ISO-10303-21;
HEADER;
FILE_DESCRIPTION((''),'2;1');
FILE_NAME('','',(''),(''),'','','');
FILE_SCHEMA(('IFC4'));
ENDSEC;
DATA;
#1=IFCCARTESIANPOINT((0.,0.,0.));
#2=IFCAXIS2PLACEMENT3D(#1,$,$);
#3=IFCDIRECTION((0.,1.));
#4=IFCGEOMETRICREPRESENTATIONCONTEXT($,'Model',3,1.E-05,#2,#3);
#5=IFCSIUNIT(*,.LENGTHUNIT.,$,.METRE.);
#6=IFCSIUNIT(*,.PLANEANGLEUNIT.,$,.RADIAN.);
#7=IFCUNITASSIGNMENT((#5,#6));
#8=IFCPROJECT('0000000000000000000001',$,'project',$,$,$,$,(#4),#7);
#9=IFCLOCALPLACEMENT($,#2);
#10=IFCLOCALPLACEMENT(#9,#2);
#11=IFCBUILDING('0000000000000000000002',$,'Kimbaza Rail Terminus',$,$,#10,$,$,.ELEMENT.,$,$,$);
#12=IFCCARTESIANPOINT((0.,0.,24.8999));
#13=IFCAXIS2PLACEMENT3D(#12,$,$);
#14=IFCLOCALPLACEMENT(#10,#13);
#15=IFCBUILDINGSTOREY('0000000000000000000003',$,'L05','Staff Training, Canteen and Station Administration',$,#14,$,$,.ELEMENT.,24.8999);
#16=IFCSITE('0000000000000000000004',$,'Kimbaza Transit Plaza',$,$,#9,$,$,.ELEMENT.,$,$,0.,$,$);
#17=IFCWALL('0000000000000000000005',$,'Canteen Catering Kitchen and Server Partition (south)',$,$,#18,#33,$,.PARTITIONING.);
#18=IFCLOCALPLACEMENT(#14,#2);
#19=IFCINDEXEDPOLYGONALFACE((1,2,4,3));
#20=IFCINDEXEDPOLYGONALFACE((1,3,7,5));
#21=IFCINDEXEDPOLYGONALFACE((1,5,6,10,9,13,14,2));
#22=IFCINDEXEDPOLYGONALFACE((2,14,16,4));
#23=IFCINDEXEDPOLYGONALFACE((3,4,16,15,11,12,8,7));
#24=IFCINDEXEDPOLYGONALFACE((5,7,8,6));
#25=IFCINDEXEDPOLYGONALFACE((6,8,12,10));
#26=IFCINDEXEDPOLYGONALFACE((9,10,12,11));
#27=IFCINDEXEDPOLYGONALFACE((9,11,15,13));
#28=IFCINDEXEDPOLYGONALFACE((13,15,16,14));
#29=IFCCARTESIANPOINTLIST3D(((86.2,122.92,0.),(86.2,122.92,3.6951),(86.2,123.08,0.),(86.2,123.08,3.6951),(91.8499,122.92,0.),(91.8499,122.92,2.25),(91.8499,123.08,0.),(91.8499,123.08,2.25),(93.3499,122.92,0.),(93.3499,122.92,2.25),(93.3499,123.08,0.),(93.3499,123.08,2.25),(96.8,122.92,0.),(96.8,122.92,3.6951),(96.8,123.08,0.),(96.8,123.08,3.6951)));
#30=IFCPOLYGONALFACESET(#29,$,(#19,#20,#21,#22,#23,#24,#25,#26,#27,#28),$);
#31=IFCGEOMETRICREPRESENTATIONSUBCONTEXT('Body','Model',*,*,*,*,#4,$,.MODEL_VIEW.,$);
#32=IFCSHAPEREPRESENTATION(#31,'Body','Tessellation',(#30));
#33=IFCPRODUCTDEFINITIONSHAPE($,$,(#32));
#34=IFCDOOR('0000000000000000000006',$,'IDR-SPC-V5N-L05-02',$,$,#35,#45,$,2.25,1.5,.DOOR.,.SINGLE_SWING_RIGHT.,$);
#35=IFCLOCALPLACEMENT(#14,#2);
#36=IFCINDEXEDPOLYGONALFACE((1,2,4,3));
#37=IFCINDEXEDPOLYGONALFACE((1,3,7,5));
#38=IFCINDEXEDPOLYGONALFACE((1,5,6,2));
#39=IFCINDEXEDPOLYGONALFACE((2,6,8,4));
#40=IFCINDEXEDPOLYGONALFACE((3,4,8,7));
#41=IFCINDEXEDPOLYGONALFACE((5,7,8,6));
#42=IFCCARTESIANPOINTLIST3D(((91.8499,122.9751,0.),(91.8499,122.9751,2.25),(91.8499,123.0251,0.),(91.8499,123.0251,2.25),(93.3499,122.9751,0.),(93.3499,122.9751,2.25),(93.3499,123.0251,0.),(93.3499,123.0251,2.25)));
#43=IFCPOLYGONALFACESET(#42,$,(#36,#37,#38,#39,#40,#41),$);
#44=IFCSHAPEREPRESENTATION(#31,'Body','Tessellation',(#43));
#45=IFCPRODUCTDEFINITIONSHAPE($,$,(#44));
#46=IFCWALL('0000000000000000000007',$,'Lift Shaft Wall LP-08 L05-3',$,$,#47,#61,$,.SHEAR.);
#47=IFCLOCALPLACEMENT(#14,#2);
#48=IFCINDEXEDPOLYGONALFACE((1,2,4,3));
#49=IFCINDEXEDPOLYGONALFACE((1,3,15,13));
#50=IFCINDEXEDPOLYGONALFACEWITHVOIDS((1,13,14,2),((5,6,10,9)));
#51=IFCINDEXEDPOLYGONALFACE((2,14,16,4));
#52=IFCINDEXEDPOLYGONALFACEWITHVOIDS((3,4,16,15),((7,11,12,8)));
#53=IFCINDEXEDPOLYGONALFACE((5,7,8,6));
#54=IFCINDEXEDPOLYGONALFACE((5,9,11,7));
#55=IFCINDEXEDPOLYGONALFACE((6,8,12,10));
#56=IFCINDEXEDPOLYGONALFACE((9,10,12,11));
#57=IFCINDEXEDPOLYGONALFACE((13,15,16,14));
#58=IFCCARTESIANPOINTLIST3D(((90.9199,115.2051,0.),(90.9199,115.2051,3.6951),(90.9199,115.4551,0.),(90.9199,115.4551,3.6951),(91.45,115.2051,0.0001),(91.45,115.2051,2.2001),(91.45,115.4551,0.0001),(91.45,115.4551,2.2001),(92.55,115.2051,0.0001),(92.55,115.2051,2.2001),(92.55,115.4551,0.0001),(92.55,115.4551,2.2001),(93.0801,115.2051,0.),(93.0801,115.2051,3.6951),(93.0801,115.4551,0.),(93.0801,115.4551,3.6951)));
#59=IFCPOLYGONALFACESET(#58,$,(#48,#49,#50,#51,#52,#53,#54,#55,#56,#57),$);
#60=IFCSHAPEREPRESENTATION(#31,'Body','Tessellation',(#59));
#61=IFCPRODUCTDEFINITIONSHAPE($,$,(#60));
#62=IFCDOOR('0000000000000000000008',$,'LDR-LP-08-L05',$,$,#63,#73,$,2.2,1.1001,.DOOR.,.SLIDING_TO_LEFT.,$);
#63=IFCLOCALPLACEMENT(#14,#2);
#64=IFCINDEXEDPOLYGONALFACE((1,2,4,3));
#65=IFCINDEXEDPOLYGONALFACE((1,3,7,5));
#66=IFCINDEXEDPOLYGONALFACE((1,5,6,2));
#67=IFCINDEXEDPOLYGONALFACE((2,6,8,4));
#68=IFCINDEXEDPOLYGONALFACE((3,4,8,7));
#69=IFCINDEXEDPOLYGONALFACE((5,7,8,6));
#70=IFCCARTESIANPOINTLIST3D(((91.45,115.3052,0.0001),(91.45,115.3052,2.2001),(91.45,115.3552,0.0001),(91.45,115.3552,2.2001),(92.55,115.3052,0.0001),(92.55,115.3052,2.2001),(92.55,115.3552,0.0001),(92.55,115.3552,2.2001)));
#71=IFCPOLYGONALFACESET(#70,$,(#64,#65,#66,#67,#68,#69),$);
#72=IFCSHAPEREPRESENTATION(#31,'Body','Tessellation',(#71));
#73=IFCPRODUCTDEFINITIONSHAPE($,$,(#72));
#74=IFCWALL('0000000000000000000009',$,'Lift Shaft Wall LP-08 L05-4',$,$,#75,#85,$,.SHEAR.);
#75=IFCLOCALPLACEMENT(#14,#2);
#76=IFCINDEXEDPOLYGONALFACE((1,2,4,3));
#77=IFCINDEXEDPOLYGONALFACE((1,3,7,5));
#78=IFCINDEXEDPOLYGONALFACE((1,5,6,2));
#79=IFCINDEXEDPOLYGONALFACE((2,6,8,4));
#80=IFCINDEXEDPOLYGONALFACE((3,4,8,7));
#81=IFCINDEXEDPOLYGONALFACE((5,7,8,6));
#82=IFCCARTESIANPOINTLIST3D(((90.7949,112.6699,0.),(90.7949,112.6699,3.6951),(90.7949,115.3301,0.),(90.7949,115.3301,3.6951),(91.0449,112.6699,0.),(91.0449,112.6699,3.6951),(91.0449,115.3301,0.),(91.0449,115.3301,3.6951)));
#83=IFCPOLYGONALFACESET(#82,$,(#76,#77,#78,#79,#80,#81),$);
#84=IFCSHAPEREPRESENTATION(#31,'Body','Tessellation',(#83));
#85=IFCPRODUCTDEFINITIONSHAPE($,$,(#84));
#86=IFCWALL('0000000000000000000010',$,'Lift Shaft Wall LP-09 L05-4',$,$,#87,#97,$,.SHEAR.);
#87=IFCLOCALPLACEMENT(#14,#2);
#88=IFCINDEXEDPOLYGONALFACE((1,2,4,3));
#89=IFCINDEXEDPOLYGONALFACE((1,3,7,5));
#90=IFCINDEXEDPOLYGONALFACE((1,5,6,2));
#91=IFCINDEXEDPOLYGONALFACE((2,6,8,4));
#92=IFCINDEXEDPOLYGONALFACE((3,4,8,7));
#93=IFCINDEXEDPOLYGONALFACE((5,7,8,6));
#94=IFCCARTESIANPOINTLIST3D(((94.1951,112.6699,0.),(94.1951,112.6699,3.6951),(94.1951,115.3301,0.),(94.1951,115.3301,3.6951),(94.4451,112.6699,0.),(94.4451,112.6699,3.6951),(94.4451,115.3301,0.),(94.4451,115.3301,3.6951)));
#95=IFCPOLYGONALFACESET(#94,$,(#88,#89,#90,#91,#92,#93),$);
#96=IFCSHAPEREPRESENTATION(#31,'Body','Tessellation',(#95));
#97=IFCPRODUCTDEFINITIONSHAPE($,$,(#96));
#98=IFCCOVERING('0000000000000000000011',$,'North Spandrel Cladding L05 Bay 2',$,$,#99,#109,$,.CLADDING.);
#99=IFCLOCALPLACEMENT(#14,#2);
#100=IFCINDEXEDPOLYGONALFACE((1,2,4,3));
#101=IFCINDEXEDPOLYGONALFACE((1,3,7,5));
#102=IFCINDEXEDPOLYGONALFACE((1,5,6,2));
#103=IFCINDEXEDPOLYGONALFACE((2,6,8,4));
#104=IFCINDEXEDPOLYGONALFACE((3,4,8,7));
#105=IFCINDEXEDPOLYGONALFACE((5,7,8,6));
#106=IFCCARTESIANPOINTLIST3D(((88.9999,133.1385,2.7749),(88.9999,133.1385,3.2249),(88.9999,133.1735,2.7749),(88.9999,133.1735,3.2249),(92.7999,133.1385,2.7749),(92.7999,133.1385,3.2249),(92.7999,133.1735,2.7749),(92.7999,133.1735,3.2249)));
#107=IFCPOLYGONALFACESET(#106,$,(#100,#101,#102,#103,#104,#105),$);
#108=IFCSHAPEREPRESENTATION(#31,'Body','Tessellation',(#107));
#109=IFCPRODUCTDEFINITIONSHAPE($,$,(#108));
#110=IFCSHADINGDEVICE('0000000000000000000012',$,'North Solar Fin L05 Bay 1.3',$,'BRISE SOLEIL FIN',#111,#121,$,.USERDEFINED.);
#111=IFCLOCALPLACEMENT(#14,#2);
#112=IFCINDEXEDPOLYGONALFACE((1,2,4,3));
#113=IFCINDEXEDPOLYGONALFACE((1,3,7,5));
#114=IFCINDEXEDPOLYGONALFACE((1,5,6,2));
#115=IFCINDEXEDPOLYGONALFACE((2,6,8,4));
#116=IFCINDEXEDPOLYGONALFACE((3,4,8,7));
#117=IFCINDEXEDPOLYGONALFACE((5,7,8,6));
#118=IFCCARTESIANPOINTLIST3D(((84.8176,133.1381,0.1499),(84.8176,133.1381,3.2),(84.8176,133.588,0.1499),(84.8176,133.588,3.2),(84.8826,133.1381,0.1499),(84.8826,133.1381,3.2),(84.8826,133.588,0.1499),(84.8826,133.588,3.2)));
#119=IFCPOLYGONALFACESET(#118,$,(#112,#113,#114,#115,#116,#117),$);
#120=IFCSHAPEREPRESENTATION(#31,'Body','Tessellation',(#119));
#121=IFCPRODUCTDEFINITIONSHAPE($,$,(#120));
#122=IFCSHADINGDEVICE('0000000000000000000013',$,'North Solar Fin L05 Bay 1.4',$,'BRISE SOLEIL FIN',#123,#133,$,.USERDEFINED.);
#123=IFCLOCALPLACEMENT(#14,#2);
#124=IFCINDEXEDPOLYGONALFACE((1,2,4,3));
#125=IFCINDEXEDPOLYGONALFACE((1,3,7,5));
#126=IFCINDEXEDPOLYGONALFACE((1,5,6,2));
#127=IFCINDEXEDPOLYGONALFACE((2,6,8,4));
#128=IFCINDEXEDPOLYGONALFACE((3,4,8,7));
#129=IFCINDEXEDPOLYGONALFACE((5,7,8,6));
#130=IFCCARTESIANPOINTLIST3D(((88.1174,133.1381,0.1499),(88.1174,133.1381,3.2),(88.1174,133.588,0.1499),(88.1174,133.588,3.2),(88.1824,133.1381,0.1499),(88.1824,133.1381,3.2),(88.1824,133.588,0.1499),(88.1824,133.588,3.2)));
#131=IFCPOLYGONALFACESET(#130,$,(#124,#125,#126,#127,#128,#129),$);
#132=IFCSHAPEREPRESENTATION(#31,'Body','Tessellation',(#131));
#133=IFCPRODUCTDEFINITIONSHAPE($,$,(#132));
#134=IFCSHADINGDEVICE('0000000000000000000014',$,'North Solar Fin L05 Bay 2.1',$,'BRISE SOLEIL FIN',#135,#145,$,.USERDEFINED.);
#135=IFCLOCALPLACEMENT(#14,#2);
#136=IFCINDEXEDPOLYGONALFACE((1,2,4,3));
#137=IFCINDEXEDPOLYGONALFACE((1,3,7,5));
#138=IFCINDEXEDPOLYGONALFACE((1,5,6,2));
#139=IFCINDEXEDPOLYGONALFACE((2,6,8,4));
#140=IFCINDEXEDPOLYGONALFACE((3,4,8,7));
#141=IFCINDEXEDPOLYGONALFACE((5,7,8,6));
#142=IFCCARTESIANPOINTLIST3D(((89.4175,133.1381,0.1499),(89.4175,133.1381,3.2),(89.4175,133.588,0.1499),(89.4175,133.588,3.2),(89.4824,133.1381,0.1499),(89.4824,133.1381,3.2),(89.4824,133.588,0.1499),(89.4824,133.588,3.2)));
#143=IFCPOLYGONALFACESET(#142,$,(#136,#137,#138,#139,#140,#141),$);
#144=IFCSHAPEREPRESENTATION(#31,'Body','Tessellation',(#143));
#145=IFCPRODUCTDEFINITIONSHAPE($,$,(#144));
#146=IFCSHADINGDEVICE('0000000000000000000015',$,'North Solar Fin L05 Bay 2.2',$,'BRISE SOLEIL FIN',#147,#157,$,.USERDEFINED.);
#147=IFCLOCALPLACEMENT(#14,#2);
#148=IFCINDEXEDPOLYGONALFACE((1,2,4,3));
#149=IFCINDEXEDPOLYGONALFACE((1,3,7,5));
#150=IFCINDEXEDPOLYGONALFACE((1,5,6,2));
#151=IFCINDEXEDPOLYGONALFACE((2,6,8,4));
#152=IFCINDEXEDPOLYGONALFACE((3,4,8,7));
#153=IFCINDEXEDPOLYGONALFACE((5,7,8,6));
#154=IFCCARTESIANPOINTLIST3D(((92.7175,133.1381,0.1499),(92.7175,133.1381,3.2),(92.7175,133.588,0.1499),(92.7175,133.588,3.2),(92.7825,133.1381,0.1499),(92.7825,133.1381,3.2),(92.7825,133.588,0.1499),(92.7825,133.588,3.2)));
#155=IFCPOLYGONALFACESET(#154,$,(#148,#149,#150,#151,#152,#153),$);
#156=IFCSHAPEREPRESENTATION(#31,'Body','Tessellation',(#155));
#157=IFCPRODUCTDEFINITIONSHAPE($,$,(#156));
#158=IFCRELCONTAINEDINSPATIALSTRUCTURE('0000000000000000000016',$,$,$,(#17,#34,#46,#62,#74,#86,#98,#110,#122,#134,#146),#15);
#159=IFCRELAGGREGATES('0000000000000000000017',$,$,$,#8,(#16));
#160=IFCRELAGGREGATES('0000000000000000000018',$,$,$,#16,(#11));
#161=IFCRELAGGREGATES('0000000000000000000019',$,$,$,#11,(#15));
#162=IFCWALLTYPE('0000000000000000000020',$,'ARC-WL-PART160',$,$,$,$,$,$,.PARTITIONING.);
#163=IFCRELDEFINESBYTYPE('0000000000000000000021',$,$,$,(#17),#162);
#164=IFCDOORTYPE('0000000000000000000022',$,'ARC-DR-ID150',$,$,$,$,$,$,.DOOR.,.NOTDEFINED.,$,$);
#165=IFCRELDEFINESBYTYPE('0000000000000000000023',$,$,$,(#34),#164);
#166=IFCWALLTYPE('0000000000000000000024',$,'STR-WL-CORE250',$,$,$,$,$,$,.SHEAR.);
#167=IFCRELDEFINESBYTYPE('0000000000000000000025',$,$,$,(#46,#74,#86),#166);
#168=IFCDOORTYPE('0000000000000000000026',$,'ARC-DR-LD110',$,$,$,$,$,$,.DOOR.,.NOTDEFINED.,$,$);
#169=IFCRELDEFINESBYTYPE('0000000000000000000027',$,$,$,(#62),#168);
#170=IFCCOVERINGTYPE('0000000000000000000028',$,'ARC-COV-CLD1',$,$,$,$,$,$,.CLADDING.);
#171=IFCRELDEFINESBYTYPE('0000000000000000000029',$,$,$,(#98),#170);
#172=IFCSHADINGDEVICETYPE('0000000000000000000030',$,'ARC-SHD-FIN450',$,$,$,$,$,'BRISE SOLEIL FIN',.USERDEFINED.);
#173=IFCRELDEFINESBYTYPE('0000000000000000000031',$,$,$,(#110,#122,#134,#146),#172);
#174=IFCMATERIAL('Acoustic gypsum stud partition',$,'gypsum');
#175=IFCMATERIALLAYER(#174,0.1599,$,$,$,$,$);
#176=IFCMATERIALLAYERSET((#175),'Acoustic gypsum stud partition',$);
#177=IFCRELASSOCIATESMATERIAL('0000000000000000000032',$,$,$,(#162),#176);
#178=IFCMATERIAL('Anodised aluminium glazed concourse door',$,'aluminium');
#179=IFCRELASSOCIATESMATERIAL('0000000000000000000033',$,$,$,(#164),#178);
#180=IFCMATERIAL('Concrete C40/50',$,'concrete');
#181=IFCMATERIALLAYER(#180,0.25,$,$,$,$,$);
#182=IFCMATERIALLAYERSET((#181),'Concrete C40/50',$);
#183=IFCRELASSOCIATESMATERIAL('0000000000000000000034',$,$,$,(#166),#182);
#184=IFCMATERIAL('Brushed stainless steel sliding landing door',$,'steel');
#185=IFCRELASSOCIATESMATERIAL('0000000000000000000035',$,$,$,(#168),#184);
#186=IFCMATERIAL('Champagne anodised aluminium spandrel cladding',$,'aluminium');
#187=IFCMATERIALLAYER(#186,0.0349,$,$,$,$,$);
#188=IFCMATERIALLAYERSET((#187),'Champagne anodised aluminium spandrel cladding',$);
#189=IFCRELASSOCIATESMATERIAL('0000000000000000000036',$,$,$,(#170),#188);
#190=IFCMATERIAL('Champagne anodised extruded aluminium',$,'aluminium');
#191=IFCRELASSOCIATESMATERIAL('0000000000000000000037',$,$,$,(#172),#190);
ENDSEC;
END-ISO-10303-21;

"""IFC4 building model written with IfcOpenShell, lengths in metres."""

from ifc_helpers import new_model, si_unit, direction, frame, frame_2d, origin, origin_2d, place, context, subcontext, project, spatial, rectangle, extrude, material, layer, layer_set, type_object, element, fill, save


model = new_model("IFC4")

# Units and contexts
model_context = context("Model", 3, precision=1e-05, world=origin(), true_north=direction((0.0, 1.0)))
body_context = subcontext(model_context, "Body", "Model", "MODEL_VIEW")
ifc_project = project(units=[si_unit("LENGTHUNIT", "METRE"), si_unit("PLANEANGLEUNIT", "RADIAN")], contexts=[model_context])

# Site, building, storey
site_placement = place(None, origin())
site = spatial("IfcSite", under=ifc_project, at=site_placement, Name="Kimbaza Transit Plaza", CompositionType="ELEMENT", RefElevation=0.0)
building_placement = place(site_placement, origin())
building = spatial("IfcBuilding", under=site, at=building_placement, Name="Kimbaza Rail Terminus", CompositionType="ELEMENT")
storey_placement = place(building_placement, frame((0.0, 0.0, 24.8999)))
storey = spatial("IfcBuildingStorey", under=building, at=storey_placement, Name="L05", Description="Staff Training, Canteen and Station Administration", CompositionType="ELEMENT", Elevation=24.8999)

# Walls, openings, doors
ifc_material_1 = material(Name="Acoustic gypsum stud partition", Category="gypsum")
ifc_layer_1 = layer(ifc_material_1, 0.1599)
ifc_layer_set_1 = layer_set([ifc_layer_1], Name="Acoustic gypsum stud partition")
wall_type_1 = type_object("IfcWallType", Name="ARC-WL-PART160", PredefinedType="PARTITIONING", material=ifc_layer_set_1)
wall_1_placement = place(storey_placement, frame((86.2, 123.0, 0.0), z_axis=(0.0, 0.0, 1.0), x_axis=(1.0, 0.0, 0.0)))
wall_1 = element("IfcWall", 1, at=wall_1_placement, inside=storey, type_object=wall_type_1, Name="Canteen Catering Kitchen and Server Partition (south)", PredefinedType="PARTITIONING", context=body_context, shape_type="SweptSolid", body=[
    extrude(rectangle(XDim=10.6001, YDim=0.1599, at=frame_2d((5.3, 0.0))), origin(), (0.0, 0.0, 1.0), 3.6951),
])
opening_1_placement = place(wall_1_placement, frame((7.1499, 0.0, 0.0), z_axis=(0.0, 0.0, 1.0), x_axis=(-1.0, 0.0, 0.0)))
opening_1 = element("IfcOpeningElement", 2, at=opening_1_placement, cuts=wall_1, PredefinedType="OPENING", context=body_context, shape_type="SweptSolid", body=[
    extrude(rectangle(XDim=1.5, YDim=2.25, at=frame_2d((0.75, 1.125))), frame((0.0, 0.0898, 0.0), z_axis=(0.0, -1.0, 0.0), x_axis=(1.0, 0.0, 0.0)), (0.0, 0.0, 1.0), 0.1799),
])
ifc_material_2 = material(Name="Anodised aluminium glazed concourse door", Category="aluminium")
door_type_1 = type_object("IfcDoorType", Name="ARC-DR-ID150", OperationType="NOTDEFINED", PredefinedType="DOOR", material=ifc_material_2)
door_1_placement = place(opening_1_placement, origin())
door_1 = element("IfcDoor", 3, at=door_1_placement, inside=storey, type_object=door_type_1, Name="IDR-SPC-V5N-L05-02", OperationType="SINGLE_SWING_RIGHT", OverallHeight=2.25, OverallWidth=1.5, PredefinedType="DOOR", context=body_context, shape_type="SweptSolid", body=[
    extrude(rectangle(XDim=1.5, YDim=2.25, at=frame_2d((0.75, 1.125))), frame((0.0, 0.0249, 0.0), z_axis=(0.0, -1.0, 0.0), x_axis=(1.0, 0.0, 0.0)), (0.0, 0.0, 1.0), 0.05),
])
fill(opening_1, door_1)
ifc_material_3 = material(Name="Concrete C40/50", Category="concrete")
ifc_layer_2 = layer(ifc_material_3, 0.25)
ifc_layer_set_2 = layer_set([ifc_layer_2], Name="Concrete C40/50")
wall_type_2 = type_object("IfcWallType", Name="STR-WL-CORE250", PredefinedType="SHEAR", material=ifc_layer_set_2)
wall_2_placement = place(storey_placement, frame((93.0801, 115.3301, 0.0), z_axis=(0.0, 0.0, 1.0), x_axis=(-1.0, 0.0, 0.0)))
wall_2 = element("IfcWall", 4, at=wall_2_placement, inside=storey, type_object=wall_type_2, Name="Lift Shaft Wall LP-08 L05-3", PredefinedType="SHEAR", context=body_context, shape_type="SweptSolid", body=[
    extrude(rectangle(XDim=2.1602, YDim=0.25, at=frame_2d((1.0801, 0.0))), origin(), (0.0, 0.0, 1.0), 3.6951),
])
opening_2_placement = place(wall_2_placement, frame((0.53, 0.0, 0.0)))
opening_2 = element("IfcOpeningElement", 5, at=opening_2_placement, cuts=wall_2, PredefinedType="OPENING", context=body_context, shape_type="SweptSolid", body=[
    extrude(rectangle(XDim=1.1001, YDim=2.2, at=frame_2d((0.55, 1.1001))), frame((0.0, 0.135, 0.0), z_axis=(0.0, -1.0, 0.0), x_axis=(1.0, 0.0, 0.0)), (0.0, 0.0, 1.0), 0.27),
])
ifc_material_4 = material(Name="Brushed stainless steel sliding landing door", Category="steel")
door_type_2 = type_object("IfcDoorType", Name="ARC-DR-LD110", OperationType="NOTDEFINED", PredefinedType="DOOR", material=ifc_material_4)
door_2_placement = place(opening_2_placement, origin())
door_2 = element("IfcDoor", 6, at=door_2_placement, inside=storey, type_object=door_type_2, Name="LDR-LP-08-L05", OperationType="SLIDING_TO_LEFT", OverallHeight=2.2, OverallWidth=1.1001, PredefinedType="DOOR", context=body_context, shape_type="SweptSolid", body=[
    extrude(rectangle(XDim=1.1001, YDim=2.2, at=frame_2d((0.55, 1.1001))), frame((0.0, 0.0249, 0.0), z_axis=(0.0, -1.0, 0.0), x_axis=(1.0, 0.0, 0.0)), (0.0, 0.0, 1.0), 0.05),
])
fill(opening_2, door_2)

# Walls
for number, where, z_axis, x_axis, name in (
    (7, (90.9199, 115.3301, 0.0), (0.0, 0.0, 1.0), (0.0, -1.0, 0.0), "Lift Shaft Wall LP-08 L05-4"),
    (8, (94.3201, 115.3301, 0.0), (0.0, 0.0, 1.0), (0.0, -1.0, 0.0), "Lift Shaft Wall LP-09 L05-4"),
):
    element("IfcWall", number, at=place(storey_placement, frame(where, z_axis=z_axis, x_axis=x_axis)), inside=storey, type_object=wall_type_2, Name=name, PredefinedType="SHEAR", context=body_context, shape_type="SweptSolid", body=[
        extrude(rectangle(XDim=2.6602, YDim=0.25, at=frame_2d((1.3301, 0.0))), origin(), (0.0, 0.0, 1.0), 3.6951),
    ])

# Covering
ifc_material_5 = material(Name="Champagne anodised aluminium spandrel cladding", Category="aluminium")
ifc_layer_3 = layer(ifc_material_5, 0.0349)
ifc_layer_set_3 = layer_set([ifc_layer_3], Name="Champagne anodised aluminium spandrel cladding")
covering_type = type_object("IfcCoveringType", Name="ARC-COV-CLD1", PredefinedType="CLADDING", material=ifc_layer_set_3)
covering_placement = place(storey_placement, frame((90.8999, 133.156, 2.7749), z_axis=(0.0, 0.0, 1.0), x_axis=(1.0, 0.0, 0.0)))
element("IfcCovering", 9, at=covering_placement, inside=storey, type_object=covering_type, Name="North Spandrel Cladding L05 Bay 2", PredefinedType="CLADDING", context=body_context, shape_type="SweptSolid", body=[
    extrude(rectangle(XDim=3.8, YDim=0.0349, at=origin_2d()), origin(), (0.0, 0.0, 1.0), 0.45),
])

# Shading devices
ifc_material_6 = material(Name="Champagne anodised extruded aluminium", Category="aluminium")
shading_device_type = type_object("IfcShadingDeviceType", Name="ARC-SHD-FIN450", ElementType="BRISE SOLEIL FIN", PredefinedType="USERDEFINED", material=ifc_material_6)
for number, where, z_axis, x_axis, name in (
    (10, (84.8501, 133.363, 0.1499), (0.0, 0.0, 1.0), (1.0, 0.0, 0.0), "North Solar Fin L05 Bay 1.3"),
    (11, (88.1499, 133.363, 0.1499), (0.0, 0.0, 1.0), (1.0, 0.0, 0.0), "North Solar Fin L05 Bay 1.4"),
    (12, (89.45, 133.363, 0.1499), (0.0, 0.0, 1.0), (1.0, 0.0, 0.0), "North Solar Fin L05 Bay 2.1"),
    (13, (92.75, 133.363, 0.1499), (0.0, 0.0, 1.0), (1.0, 0.0, 0.0), "North Solar Fin L05 Bay 2.2"),
):
    element("IfcShadingDevice", number, at=place(storey_placement, frame(where, z_axis=z_axis, x_axis=x_axis)), inside=storey, type_object=shading_device_type, Name=name, ObjectType="BRISE SOLEIL FIN", PredefinedType="USERDEFINED", context=body_context, shape_type="SweptSolid", body=[
        extrude(rectangle(XDim=0.0649, YDim=0.45, at=origin_2d()), origin(), (0.0, 0.0, 1.0), 3.05),
    ])

save(model, "model.ifc")
